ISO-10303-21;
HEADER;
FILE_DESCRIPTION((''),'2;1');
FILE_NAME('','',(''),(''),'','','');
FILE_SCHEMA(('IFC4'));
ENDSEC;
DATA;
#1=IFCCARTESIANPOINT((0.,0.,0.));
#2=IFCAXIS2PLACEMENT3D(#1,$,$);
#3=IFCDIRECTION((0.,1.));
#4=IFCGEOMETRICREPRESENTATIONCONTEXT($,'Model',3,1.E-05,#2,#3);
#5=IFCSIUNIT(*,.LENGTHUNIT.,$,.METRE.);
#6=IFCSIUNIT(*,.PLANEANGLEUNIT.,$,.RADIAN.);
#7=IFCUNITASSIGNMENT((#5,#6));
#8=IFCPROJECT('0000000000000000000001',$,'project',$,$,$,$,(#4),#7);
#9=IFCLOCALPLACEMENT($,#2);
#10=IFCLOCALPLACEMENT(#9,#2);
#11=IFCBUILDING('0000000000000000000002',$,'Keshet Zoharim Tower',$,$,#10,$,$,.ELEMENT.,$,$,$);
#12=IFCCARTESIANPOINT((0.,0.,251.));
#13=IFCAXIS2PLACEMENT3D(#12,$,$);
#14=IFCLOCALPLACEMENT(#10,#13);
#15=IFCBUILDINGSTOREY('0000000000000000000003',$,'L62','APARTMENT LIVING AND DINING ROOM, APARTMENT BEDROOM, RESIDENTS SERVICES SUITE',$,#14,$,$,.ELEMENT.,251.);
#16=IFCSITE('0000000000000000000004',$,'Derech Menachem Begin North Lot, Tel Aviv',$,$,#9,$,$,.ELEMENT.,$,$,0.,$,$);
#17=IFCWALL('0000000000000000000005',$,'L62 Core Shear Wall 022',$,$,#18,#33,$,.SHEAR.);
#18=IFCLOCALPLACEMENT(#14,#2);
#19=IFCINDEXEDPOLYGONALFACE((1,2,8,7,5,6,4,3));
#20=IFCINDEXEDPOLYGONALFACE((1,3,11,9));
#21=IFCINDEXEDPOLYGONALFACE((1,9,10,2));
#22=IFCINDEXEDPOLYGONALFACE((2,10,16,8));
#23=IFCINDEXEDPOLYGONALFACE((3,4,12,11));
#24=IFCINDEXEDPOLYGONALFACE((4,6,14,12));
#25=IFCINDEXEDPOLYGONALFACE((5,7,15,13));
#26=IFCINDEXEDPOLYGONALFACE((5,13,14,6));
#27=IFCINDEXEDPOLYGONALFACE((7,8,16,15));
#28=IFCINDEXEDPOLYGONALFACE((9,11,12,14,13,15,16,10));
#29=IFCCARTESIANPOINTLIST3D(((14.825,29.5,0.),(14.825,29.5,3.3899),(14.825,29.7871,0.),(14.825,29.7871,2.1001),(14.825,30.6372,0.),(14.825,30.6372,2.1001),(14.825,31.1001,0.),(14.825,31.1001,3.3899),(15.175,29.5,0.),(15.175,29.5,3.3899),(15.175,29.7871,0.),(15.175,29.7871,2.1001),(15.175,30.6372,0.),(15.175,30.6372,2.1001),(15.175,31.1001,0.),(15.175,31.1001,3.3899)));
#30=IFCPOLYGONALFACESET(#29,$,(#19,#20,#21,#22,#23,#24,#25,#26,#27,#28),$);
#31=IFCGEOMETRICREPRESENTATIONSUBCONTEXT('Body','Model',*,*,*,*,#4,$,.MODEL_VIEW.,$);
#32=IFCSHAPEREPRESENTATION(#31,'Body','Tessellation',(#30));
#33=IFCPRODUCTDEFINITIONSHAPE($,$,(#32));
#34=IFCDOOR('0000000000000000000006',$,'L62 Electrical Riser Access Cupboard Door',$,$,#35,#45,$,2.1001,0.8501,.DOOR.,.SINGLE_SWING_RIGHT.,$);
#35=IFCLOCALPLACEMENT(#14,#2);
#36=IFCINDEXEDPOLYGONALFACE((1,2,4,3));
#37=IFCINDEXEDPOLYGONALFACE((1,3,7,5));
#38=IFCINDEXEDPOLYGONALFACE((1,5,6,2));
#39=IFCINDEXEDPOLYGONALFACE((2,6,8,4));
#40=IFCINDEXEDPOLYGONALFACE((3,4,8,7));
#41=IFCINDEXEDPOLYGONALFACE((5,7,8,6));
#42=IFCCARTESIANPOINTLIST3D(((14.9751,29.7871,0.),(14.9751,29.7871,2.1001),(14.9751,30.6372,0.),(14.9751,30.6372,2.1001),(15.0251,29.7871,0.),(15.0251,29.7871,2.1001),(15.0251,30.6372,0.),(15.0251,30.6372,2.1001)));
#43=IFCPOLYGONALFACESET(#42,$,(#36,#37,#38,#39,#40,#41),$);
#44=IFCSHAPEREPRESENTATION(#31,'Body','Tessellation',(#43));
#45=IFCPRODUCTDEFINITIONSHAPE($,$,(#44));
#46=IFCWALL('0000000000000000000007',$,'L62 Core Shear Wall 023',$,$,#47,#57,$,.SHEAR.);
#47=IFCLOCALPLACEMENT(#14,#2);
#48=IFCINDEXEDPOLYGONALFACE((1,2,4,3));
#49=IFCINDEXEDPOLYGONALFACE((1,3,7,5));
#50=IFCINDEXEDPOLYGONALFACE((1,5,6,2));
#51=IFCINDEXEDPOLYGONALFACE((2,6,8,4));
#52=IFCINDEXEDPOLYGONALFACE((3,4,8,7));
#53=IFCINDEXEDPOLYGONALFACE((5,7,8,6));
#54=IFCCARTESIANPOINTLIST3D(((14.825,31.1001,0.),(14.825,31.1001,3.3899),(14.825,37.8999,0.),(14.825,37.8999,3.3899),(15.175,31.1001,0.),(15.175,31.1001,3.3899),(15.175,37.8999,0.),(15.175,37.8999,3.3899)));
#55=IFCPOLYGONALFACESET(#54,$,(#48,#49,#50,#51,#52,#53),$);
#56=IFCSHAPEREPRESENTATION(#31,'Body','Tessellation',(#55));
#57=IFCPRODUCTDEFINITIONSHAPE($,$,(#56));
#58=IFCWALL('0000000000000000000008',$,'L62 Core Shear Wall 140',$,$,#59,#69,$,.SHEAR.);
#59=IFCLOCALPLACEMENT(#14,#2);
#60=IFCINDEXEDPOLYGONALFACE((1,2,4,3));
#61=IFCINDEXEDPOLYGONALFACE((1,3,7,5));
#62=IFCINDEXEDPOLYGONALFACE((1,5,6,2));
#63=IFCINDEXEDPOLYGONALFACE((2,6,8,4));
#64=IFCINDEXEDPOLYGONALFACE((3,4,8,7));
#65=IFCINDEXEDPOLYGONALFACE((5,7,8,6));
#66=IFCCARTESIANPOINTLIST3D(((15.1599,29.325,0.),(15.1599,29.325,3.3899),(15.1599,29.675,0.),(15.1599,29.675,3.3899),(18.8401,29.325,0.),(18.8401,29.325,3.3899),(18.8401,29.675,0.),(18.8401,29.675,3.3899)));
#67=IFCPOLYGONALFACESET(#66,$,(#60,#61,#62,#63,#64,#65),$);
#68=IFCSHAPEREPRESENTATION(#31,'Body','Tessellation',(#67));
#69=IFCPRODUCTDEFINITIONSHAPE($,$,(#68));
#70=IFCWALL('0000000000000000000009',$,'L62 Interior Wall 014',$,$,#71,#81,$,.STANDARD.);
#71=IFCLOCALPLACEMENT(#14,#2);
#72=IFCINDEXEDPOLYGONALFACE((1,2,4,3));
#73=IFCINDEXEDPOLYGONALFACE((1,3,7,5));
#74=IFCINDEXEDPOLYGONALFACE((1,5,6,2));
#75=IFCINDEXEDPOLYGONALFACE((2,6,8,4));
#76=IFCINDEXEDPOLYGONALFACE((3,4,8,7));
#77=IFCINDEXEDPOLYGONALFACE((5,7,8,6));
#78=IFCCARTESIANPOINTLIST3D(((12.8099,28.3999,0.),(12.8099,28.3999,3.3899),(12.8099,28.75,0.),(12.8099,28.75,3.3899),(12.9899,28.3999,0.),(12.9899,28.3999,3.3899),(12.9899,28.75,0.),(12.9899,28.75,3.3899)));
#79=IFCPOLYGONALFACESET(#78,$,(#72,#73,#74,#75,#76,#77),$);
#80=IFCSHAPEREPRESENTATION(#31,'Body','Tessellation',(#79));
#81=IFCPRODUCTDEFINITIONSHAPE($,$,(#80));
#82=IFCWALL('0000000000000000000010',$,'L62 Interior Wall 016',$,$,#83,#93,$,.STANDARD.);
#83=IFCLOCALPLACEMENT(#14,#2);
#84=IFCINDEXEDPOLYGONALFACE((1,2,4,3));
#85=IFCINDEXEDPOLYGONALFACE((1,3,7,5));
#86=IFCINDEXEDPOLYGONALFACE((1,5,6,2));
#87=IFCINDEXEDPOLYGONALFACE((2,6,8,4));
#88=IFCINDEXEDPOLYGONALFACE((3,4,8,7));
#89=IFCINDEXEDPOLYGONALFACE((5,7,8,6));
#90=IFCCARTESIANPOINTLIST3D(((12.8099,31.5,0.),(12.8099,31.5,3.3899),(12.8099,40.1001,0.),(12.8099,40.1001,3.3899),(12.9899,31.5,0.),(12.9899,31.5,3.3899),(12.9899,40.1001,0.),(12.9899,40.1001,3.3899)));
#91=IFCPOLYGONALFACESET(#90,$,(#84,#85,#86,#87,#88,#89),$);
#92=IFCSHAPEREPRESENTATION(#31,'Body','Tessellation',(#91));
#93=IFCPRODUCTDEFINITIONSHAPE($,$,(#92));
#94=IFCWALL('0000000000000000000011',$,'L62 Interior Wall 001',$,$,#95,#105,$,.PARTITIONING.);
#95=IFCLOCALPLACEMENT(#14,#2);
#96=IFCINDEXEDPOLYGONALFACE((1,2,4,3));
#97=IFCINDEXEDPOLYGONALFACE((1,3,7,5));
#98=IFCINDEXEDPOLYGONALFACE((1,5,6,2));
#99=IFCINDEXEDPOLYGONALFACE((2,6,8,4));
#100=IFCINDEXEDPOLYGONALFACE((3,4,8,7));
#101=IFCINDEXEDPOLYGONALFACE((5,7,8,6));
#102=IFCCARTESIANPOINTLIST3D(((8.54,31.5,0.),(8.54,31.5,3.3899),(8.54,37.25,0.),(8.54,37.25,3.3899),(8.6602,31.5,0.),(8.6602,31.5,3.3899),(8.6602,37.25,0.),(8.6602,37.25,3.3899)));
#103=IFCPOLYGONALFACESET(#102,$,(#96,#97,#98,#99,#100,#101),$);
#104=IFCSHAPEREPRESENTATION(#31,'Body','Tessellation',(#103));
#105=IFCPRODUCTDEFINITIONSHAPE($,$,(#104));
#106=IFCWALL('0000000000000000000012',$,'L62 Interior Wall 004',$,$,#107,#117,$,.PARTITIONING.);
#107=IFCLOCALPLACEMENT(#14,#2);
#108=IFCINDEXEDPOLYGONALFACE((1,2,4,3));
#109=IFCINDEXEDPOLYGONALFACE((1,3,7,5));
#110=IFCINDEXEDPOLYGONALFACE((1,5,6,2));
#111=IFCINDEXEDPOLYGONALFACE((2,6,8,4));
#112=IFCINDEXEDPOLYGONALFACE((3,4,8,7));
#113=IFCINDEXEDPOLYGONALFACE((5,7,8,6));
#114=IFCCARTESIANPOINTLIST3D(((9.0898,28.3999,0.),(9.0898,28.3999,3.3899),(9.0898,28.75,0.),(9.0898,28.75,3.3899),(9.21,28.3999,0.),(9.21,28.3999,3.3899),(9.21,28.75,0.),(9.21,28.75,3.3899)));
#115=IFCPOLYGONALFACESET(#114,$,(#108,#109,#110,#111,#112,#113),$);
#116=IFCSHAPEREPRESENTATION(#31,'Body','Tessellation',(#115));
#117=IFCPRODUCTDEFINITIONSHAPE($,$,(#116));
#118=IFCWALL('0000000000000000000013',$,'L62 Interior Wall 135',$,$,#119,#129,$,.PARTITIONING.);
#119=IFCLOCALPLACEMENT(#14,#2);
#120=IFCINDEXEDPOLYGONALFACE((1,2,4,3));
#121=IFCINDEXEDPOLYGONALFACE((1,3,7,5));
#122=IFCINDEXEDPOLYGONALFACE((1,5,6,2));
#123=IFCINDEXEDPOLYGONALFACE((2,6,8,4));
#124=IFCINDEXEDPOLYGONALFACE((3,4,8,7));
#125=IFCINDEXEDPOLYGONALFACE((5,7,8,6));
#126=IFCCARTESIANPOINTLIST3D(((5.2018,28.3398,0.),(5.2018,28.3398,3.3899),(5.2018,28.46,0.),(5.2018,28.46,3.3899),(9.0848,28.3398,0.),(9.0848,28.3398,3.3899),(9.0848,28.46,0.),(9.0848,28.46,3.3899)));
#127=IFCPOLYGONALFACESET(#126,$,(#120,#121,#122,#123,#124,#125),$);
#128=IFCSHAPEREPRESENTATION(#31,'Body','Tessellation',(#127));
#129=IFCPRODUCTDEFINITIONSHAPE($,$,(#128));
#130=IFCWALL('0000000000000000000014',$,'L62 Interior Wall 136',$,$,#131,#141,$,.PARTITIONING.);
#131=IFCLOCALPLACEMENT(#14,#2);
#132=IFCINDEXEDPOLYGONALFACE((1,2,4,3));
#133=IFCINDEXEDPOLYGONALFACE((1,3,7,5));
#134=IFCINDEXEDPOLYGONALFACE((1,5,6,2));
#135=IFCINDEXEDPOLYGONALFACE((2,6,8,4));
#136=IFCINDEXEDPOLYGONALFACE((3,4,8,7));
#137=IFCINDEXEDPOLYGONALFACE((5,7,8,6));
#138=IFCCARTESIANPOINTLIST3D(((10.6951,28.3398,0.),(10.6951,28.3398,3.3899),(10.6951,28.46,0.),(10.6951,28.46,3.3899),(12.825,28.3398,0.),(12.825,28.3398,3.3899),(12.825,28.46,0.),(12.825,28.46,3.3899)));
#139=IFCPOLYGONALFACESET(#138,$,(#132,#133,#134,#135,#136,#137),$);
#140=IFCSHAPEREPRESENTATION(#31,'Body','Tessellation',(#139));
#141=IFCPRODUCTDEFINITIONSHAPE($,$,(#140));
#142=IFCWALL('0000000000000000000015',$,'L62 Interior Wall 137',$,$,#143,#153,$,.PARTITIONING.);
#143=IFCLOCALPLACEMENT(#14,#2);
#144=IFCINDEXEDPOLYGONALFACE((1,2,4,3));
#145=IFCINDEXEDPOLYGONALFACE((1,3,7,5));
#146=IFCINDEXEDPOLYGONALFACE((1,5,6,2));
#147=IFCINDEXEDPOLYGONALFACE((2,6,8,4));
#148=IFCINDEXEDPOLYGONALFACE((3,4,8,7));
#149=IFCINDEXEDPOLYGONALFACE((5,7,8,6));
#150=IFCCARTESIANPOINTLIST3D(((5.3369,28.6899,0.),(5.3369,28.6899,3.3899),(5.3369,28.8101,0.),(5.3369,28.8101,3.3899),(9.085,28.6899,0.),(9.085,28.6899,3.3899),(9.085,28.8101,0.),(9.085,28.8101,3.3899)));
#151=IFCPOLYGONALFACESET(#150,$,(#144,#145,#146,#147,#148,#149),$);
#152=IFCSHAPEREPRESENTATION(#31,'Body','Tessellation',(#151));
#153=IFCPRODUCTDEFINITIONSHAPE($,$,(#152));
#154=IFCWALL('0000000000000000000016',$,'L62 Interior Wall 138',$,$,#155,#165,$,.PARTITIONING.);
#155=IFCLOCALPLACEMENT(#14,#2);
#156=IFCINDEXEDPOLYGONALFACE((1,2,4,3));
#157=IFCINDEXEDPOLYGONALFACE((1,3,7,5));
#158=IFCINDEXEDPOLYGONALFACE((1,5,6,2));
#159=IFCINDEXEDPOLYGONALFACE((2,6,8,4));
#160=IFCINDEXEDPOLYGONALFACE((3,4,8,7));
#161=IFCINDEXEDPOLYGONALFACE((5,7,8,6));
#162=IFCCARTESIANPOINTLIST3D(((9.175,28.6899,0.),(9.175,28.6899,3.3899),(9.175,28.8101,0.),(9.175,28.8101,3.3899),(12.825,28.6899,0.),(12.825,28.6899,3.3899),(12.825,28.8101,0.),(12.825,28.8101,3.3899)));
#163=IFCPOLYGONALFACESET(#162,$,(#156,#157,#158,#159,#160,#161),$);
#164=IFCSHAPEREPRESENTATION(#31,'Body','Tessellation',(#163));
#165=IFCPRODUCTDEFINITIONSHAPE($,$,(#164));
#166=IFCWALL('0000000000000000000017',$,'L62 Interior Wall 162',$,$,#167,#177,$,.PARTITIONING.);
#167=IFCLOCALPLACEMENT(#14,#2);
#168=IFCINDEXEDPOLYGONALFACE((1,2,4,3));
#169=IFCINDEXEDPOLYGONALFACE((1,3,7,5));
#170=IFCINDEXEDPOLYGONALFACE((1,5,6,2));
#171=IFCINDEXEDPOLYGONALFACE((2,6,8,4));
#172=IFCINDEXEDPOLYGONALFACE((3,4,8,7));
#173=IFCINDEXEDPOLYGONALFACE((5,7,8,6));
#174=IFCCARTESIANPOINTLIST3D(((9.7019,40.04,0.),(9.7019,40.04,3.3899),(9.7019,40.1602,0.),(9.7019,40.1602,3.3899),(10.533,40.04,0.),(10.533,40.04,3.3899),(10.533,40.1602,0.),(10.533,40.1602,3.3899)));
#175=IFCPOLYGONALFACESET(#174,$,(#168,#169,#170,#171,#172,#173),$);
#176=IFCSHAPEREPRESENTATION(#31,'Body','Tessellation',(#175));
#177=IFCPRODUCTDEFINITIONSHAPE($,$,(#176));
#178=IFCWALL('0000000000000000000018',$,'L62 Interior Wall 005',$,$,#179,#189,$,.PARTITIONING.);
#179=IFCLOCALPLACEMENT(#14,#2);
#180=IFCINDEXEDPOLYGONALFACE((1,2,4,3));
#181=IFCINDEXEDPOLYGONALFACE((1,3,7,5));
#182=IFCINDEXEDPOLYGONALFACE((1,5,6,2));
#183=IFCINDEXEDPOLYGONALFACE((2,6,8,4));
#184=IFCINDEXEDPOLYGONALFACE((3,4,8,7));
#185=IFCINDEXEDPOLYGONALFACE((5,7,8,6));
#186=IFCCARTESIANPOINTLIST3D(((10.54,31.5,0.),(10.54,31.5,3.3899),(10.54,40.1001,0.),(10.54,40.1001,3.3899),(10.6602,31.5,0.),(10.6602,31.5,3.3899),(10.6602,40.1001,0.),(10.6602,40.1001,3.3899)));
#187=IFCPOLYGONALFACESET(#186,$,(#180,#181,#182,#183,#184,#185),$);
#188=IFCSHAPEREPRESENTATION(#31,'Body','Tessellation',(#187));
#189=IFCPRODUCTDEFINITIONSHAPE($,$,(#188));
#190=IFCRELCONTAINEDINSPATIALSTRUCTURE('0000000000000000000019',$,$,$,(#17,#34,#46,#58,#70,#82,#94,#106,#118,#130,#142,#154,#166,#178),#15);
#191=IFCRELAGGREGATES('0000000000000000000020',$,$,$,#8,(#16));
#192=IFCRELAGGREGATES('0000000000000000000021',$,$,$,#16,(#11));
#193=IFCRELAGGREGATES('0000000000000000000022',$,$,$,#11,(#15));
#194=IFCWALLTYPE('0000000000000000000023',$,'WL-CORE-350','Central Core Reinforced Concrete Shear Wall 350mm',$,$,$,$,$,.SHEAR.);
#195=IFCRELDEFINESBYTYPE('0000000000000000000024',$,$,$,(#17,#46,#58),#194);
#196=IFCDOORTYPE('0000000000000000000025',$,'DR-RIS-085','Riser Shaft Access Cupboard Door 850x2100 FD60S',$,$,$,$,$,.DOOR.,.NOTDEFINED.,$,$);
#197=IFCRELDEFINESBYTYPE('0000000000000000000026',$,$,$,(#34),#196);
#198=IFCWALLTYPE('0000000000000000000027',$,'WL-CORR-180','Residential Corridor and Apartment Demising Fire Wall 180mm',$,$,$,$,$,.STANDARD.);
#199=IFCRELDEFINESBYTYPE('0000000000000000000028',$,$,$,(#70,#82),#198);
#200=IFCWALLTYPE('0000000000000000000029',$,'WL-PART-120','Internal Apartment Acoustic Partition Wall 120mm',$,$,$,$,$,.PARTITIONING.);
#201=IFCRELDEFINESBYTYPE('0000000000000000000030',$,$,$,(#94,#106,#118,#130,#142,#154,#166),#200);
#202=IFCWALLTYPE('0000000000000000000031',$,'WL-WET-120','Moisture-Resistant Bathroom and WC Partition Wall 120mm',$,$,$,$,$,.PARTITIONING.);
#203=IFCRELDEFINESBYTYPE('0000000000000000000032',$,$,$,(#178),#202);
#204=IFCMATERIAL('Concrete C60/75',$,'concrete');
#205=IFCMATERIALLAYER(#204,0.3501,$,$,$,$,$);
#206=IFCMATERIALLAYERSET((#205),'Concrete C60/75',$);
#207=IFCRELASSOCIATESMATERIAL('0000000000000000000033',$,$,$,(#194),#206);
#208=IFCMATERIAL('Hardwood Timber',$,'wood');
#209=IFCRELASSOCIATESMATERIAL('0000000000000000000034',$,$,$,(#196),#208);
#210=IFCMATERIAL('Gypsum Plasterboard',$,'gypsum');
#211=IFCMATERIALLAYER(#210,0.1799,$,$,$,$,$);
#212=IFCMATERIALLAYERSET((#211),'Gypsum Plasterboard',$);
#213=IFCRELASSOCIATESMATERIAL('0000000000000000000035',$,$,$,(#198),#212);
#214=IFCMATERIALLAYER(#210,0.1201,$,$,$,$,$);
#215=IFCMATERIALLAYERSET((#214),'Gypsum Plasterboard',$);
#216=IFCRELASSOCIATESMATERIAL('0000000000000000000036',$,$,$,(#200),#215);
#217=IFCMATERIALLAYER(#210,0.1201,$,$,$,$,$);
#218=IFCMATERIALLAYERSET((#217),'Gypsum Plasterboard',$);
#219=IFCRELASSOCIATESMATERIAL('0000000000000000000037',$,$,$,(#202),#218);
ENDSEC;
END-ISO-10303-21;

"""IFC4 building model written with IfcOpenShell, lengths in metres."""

from ifc_helpers import new_model, si_unit, direction, frame, frame_2d, origin, place, context, subcontext, project, spatial, rectangle, extrude, material, layer, layer_set, type_object, element, fill, save


model = new_model("IFC4")

# Units and contexts
model_context = context("Model", 3, precision=1e-05, world=origin(), true_north=direction((0.0, 1.0)))
body_context = subcontext(model_context, "Body", "Model", "MODEL_VIEW")
ifc_project = project(units=[si_unit("LENGTHUNIT", "METRE"), si_unit("PLANEANGLEUNIT", "RADIAN")], contexts=[model_context])

# Site, building, storey
site_placement = place(None, origin())
site = spatial("IfcSite", under=ifc_project, at=site_placement, Name="Derech Menachem Begin North Lot, Tel Aviv", CompositionType="ELEMENT", RefElevation=0.0)
building_placement = place(site_placement, origin())
building = spatial("IfcBuilding", under=site, at=building_placement, Name="Keshet Zoharim Tower", CompositionType="ELEMENT")
storey_placement = place(building_placement, frame((0.0, 0.0, 251.0)))
storey = spatial("IfcBuildingStorey", under=building, at=storey_placement, Name="L62", Description="APARTMENT LIVING AND DINING ROOM, APARTMENT BEDROOM, RESIDENTS SERVICES SUITE", CompositionType="ELEMENT", Elevation=251.0)

# Wall, opening, door
ifc_material_1 = material(Name="Concrete C60/75", Category="concrete")
ifc_layer_1 = layer(ifc_material_1, 0.3501)
ifc_layer_set_1 = layer_set([ifc_layer_1], Name="Concrete C60/75")
wall_type_1 = type_object("IfcWallType", Name="WL-CORE-350", Description="Central Core Reinforced Concrete Shear Wall 350mm", PredefinedType="SHEAR", material=ifc_layer_set_1)
wall_1_placement = place(storey_placement, frame((15.0, 29.5, 0.0), z_axis=(0.0, 0.0, 1.0), x_axis=(0.0, 1.0, 0.0)))
wall_1 = element("IfcWall", 1, at=wall_1_placement, inside=storey, type_object=wall_type_1, Name="L62 Core Shear Wall 022", PredefinedType="SHEAR", context=body_context, shape_type="SweptSolid", body=[
    extrude(rectangle(XDim=1.6001, YDim=0.3501, at=frame_2d((0.8, 0.0))), origin(), (0.0, 0.0, 1.0), 3.3899),
])
opening_1_placement = place(wall_1_placement, frame((0.2871, 0.0, 0.0)))
opening_1 = element("IfcOpeningElement", 2, at=opening_1_placement, cuts=wall_1, PredefinedType="OPENING", context=body_context, shape_type="SweptSolid", body=[
    extrude(rectangle(XDim=0.8501, YDim=2.1001, at=frame_2d((0.425, 1.05))), frame((0.0, 0.1851, 0.0), z_axis=(0.0, -1.0, 0.0), x_axis=(1.0, 0.0, 0.0)), (0.0, 0.0, 1.0), 0.3701),
])
ifc_material_2 = material(Name="Hardwood Timber", Category="wood")
door_type_1 = type_object("IfcDoorType", Name="DR-RIS-085", Description="Riser Shaft Access Cupboard Door 850x2100 FD60S", OperationType="NOTDEFINED", PredefinedType="DOOR", material=ifc_material_2)
door_1_placement = place(opening_1_placement, origin())
door_1 = element("IfcDoor", 3, at=door_1_placement, inside=storey, type_object=door_type_1, Name="L62 Electrical Riser Access Cupboard Door", OperationType="SINGLE_SWING_RIGHT", OverallHeight=2.1001, OverallWidth=0.8501, PredefinedType="DOOR", context=body_context, shape_type="SweptSolid", body=[
    extrude(rectangle(XDim=0.8501, YDim=2.1001, at=frame_2d((0.425, 1.05))), frame((0.0, 0.0249, 0.0), z_axis=(0.0, -1.0, 0.0), x_axis=(1.0, 0.0, 0.0)), (0.0, 0.0, 1.0), 0.05),
])
fill(opening_1, door_1)

# Walls
wall_2_placement = place(storey_placement, frame((15.0, 31.1001, 0.0), z_axis=(0.0, 0.0, 1.0), x_axis=(0.0, 1.0, 0.0)))
element("IfcWall", 4, at=wall_2_placement, inside=storey, type_object=wall_type_1, Name="L62 Core Shear Wall 023", PredefinedType="SHEAR", context=body_context, shape_type="SweptSolid", body=[
    extrude(rectangle(XDim=6.7998, YDim=0.3501, at=frame_2d((3.3999, 0.0))), origin(), (0.0, 0.0, 1.0), 3.3899),
])
wall_3_placement = place(storey_placement, frame((15.1599, 29.5, 0.0), z_axis=(0.0, 0.0, 1.0), x_axis=(1.0, 0.0, 0.0)))
element("IfcWall", 5, at=wall_3_placement, inside=storey, type_object=wall_type_1, Name="L62 Core Shear Wall 140", PredefinedType="SHEAR", context=body_context, shape_type="SweptSolid", body=[
    extrude(rectangle(XDim=3.6802, YDim=0.3501, at=frame_2d((1.8401, 0.0))), origin(), (0.0, 0.0, 1.0), 3.3899),
])
ifc_material_3 = material(Name="Gypsum Plasterboard", Category="gypsum")
ifc_layer_2 = layer(ifc_material_3, 0.1799)
ifc_layer_set_2 = layer_set([ifc_layer_2], Name="Gypsum Plasterboard")
wall_type_2 = type_object("IfcWallType", Name="WL-CORR-180", Description="Residential Corridor and Apartment Demising Fire Wall 180mm", PredefinedType="STANDARD", material=ifc_layer_set_2)
wall_4_placement = place(storey_placement, frame((12.8999, 28.3999, 0.0), z_axis=(0.0, 0.0, 1.0), x_axis=(0.0, 1.0, 0.0)))
element("IfcWall", 6, at=wall_4_placement, inside=storey, type_object=wall_type_2, Name="L62 Interior Wall 014", PredefinedType="STANDARD", context=body_context, shape_type="SweptSolid", body=[
    extrude(rectangle(XDim=0.3501, YDim=0.1799, at=frame_2d((0.175, 0.0))), origin(), (0.0, 0.0, 1.0), 3.3899),
])

# Walls
wall_5_placement = place(storey_placement, frame((12.8999, 31.5, 0.0), z_axis=(0.0, 0.0, 1.0), x_axis=(0.0, 1.0, 0.0)))
element("IfcWall", 7, at=wall_5_placement, inside=storey, type_object=wall_type_2, Name="L62 Interior Wall 016", PredefinedType="STANDARD", context=body_context, shape_type="SweptSolid", body=[
    extrude(rectangle(XDim=8.6001, YDim=0.1799, at=frame_2d((4.3, 0.0))), origin(), (0.0, 0.0, 1.0), 3.3899),
])
ifc_layer_3 = layer(ifc_material_3, 0.1201)
ifc_layer_set_3 = layer_set([ifc_layer_3], Name="Gypsum Plasterboard")
wall_type_3 = type_object("IfcWallType", Name="WL-PART-120", Description="Internal Apartment Acoustic Partition Wall 120mm", PredefinedType="PARTITIONING", material=ifc_layer_set_3)
wall_6_placement = place(storey_placement, frame((8.6001, 31.5, 0.0), z_axis=(0.0, 0.0, 1.0), x_axis=(0.0, 1.0, 0.0)))
element("IfcWall", 8, at=wall_6_placement, inside=storey, type_object=wall_type_3, Name="L62 Interior Wall 001", PredefinedType="PARTITIONING", context=body_context, shape_type="SweptSolid", body=[
    extrude(rectangle(XDim=5.75, YDim=0.1201, at=frame_2d((2.875, 0.0))), origin(), (0.0, 0.0, 1.0), 3.3899),
])
wall_7_placement = place(storey_placement, frame((9.1499, 28.3999, 0.0), z_axis=(0.0, 0.0, 1.0), x_axis=(0.0, 1.0, 0.0)))
element("IfcWall", 9, at=wall_7_placement, inside=storey, type_object=wall_type_3, Name="L62 Interior Wall 004", PredefinedType="PARTITIONING", context=body_context, shape_type="SweptSolid", body=[
    extrude(rectangle(XDim=0.3501, YDim=0.1201, at=frame_2d((0.175, 0.0))), origin(), (0.0, 0.0, 1.0), 3.3899),
])
wall_8_placement = place(storey_placement, frame((5.2019, 28.3999, 0.0), z_axis=(0.0, 0.0, 1.0), x_axis=(1.0, 0.0, 0.0)))
element("IfcWall", 10, at=wall_8_placement, inside=storey, type_object=wall_type_3, Name="L62 Interior Wall 135", PredefinedType="PARTITIONING", context=body_context, shape_type="SweptSolid", body=[
    extrude(rectangle(XDim=3.8831, YDim=0.1201, at=frame_2d((1.9414, 0.0))), origin(), (0.0, 0.0, 1.0), 3.3899),
])
wall_9_placement = place(storey_placement, frame((10.6951, 28.3999, 0.0), z_axis=(0.0, 0.0, 1.0), x_axis=(1.0, 0.0, 0.0)))
element("IfcWall", 11, at=wall_9_placement, inside=storey, type_object=wall_type_3, Name="L62 Interior Wall 136", PredefinedType="PARTITIONING", context=body_context, shape_type="SweptSolid", body=[
    extrude(rectangle(XDim=2.1299, YDim=0.1201, at=frame_2d((1.0649, 0.0))), origin(), (0.0, 0.0, 1.0), 3.3899),
])
wall_10_placement = place(storey_placement, frame((5.3369, 28.75, 0.0), z_axis=(0.0, 0.0, 1.0), x_axis=(1.0, 0.0, 0.0)))
element("IfcWall", 12, at=wall_10_placement, inside=storey, type_object=wall_type_3, Name="L62 Interior Wall 137", PredefinedType="PARTITIONING", context=body_context, shape_type="SweptSolid", body=[
    extrude(rectangle(XDim=3.748, YDim=0.1201, at=frame_2d((1.874, 0.0))), origin(), (0.0, 0.0, 1.0), 3.3899),
])
wall_11_placement = place(storey_placement, frame((9.175, 28.75, 0.0), z_axis=(0.0, 0.0, 1.0), x_axis=(1.0, 0.0, 0.0)))
element("IfcWall", 13, at=wall_11_placement, inside=storey, type_object=wall_type_3, Name="L62 Interior Wall 138", PredefinedType="PARTITIONING", context=body_context, shape_type="SweptSolid", body=[
    extrude(rectangle(XDim=3.6499, YDim=0.1201, at=frame_2d((1.825, 0.0))), origin(), (0.0, 0.0, 1.0), 3.3899),
])

# Walls
wall_12_placement = place(storey_placement, frame((9.7019, 40.1001, 0.0), z_axis=(0.0, 0.0, 1.0), x_axis=(1.0, 0.0, 0.0)))
element("IfcWall", 14, at=wall_12_placement, inside=storey, type_object=wall_type_3, Name="L62 Interior Wall 162", PredefinedType="PARTITIONING", context=body_context, shape_type="SweptSolid", body=[
    extrude(rectangle(XDim=0.8311, YDim=0.1201, at=frame_2d((0.4155, 0.0))), origin(), (0.0, 0.0, 1.0), 3.3899),
])
ifc_layer_4 = layer(ifc_material_3, 0.1201)
ifc_layer_set_4 = layer_set([ifc_layer_4], Name="Gypsum Plasterboard")
wall_type_4 = type_object("IfcWallType", Name="WL-WET-120", Description="Moisture-Resistant Bathroom and WC Partition Wall 120mm", PredefinedType="PARTITIONING", material=ifc_layer_set_4)
wall_13_placement = place(storey_placement, frame((10.6001, 31.5, 0.0), z_axis=(0.0, 0.0, 1.0), x_axis=(0.0, 1.0, 0.0)))
element("IfcWall", 15, at=wall_13_placement, inside=storey, type_object=wall_type_4, Name="L62 Interior Wall 005", PredefinedType="PARTITIONING", context=body_context, shape_type="SweptSolid", body=[
    extrude(rectangle(XDim=8.6001, YDim=0.1201, at=frame_2d((4.3, 0.0))), origin(), (0.0, 0.0, 1.0), 3.3899),
])

save(model, "model.ifc")
